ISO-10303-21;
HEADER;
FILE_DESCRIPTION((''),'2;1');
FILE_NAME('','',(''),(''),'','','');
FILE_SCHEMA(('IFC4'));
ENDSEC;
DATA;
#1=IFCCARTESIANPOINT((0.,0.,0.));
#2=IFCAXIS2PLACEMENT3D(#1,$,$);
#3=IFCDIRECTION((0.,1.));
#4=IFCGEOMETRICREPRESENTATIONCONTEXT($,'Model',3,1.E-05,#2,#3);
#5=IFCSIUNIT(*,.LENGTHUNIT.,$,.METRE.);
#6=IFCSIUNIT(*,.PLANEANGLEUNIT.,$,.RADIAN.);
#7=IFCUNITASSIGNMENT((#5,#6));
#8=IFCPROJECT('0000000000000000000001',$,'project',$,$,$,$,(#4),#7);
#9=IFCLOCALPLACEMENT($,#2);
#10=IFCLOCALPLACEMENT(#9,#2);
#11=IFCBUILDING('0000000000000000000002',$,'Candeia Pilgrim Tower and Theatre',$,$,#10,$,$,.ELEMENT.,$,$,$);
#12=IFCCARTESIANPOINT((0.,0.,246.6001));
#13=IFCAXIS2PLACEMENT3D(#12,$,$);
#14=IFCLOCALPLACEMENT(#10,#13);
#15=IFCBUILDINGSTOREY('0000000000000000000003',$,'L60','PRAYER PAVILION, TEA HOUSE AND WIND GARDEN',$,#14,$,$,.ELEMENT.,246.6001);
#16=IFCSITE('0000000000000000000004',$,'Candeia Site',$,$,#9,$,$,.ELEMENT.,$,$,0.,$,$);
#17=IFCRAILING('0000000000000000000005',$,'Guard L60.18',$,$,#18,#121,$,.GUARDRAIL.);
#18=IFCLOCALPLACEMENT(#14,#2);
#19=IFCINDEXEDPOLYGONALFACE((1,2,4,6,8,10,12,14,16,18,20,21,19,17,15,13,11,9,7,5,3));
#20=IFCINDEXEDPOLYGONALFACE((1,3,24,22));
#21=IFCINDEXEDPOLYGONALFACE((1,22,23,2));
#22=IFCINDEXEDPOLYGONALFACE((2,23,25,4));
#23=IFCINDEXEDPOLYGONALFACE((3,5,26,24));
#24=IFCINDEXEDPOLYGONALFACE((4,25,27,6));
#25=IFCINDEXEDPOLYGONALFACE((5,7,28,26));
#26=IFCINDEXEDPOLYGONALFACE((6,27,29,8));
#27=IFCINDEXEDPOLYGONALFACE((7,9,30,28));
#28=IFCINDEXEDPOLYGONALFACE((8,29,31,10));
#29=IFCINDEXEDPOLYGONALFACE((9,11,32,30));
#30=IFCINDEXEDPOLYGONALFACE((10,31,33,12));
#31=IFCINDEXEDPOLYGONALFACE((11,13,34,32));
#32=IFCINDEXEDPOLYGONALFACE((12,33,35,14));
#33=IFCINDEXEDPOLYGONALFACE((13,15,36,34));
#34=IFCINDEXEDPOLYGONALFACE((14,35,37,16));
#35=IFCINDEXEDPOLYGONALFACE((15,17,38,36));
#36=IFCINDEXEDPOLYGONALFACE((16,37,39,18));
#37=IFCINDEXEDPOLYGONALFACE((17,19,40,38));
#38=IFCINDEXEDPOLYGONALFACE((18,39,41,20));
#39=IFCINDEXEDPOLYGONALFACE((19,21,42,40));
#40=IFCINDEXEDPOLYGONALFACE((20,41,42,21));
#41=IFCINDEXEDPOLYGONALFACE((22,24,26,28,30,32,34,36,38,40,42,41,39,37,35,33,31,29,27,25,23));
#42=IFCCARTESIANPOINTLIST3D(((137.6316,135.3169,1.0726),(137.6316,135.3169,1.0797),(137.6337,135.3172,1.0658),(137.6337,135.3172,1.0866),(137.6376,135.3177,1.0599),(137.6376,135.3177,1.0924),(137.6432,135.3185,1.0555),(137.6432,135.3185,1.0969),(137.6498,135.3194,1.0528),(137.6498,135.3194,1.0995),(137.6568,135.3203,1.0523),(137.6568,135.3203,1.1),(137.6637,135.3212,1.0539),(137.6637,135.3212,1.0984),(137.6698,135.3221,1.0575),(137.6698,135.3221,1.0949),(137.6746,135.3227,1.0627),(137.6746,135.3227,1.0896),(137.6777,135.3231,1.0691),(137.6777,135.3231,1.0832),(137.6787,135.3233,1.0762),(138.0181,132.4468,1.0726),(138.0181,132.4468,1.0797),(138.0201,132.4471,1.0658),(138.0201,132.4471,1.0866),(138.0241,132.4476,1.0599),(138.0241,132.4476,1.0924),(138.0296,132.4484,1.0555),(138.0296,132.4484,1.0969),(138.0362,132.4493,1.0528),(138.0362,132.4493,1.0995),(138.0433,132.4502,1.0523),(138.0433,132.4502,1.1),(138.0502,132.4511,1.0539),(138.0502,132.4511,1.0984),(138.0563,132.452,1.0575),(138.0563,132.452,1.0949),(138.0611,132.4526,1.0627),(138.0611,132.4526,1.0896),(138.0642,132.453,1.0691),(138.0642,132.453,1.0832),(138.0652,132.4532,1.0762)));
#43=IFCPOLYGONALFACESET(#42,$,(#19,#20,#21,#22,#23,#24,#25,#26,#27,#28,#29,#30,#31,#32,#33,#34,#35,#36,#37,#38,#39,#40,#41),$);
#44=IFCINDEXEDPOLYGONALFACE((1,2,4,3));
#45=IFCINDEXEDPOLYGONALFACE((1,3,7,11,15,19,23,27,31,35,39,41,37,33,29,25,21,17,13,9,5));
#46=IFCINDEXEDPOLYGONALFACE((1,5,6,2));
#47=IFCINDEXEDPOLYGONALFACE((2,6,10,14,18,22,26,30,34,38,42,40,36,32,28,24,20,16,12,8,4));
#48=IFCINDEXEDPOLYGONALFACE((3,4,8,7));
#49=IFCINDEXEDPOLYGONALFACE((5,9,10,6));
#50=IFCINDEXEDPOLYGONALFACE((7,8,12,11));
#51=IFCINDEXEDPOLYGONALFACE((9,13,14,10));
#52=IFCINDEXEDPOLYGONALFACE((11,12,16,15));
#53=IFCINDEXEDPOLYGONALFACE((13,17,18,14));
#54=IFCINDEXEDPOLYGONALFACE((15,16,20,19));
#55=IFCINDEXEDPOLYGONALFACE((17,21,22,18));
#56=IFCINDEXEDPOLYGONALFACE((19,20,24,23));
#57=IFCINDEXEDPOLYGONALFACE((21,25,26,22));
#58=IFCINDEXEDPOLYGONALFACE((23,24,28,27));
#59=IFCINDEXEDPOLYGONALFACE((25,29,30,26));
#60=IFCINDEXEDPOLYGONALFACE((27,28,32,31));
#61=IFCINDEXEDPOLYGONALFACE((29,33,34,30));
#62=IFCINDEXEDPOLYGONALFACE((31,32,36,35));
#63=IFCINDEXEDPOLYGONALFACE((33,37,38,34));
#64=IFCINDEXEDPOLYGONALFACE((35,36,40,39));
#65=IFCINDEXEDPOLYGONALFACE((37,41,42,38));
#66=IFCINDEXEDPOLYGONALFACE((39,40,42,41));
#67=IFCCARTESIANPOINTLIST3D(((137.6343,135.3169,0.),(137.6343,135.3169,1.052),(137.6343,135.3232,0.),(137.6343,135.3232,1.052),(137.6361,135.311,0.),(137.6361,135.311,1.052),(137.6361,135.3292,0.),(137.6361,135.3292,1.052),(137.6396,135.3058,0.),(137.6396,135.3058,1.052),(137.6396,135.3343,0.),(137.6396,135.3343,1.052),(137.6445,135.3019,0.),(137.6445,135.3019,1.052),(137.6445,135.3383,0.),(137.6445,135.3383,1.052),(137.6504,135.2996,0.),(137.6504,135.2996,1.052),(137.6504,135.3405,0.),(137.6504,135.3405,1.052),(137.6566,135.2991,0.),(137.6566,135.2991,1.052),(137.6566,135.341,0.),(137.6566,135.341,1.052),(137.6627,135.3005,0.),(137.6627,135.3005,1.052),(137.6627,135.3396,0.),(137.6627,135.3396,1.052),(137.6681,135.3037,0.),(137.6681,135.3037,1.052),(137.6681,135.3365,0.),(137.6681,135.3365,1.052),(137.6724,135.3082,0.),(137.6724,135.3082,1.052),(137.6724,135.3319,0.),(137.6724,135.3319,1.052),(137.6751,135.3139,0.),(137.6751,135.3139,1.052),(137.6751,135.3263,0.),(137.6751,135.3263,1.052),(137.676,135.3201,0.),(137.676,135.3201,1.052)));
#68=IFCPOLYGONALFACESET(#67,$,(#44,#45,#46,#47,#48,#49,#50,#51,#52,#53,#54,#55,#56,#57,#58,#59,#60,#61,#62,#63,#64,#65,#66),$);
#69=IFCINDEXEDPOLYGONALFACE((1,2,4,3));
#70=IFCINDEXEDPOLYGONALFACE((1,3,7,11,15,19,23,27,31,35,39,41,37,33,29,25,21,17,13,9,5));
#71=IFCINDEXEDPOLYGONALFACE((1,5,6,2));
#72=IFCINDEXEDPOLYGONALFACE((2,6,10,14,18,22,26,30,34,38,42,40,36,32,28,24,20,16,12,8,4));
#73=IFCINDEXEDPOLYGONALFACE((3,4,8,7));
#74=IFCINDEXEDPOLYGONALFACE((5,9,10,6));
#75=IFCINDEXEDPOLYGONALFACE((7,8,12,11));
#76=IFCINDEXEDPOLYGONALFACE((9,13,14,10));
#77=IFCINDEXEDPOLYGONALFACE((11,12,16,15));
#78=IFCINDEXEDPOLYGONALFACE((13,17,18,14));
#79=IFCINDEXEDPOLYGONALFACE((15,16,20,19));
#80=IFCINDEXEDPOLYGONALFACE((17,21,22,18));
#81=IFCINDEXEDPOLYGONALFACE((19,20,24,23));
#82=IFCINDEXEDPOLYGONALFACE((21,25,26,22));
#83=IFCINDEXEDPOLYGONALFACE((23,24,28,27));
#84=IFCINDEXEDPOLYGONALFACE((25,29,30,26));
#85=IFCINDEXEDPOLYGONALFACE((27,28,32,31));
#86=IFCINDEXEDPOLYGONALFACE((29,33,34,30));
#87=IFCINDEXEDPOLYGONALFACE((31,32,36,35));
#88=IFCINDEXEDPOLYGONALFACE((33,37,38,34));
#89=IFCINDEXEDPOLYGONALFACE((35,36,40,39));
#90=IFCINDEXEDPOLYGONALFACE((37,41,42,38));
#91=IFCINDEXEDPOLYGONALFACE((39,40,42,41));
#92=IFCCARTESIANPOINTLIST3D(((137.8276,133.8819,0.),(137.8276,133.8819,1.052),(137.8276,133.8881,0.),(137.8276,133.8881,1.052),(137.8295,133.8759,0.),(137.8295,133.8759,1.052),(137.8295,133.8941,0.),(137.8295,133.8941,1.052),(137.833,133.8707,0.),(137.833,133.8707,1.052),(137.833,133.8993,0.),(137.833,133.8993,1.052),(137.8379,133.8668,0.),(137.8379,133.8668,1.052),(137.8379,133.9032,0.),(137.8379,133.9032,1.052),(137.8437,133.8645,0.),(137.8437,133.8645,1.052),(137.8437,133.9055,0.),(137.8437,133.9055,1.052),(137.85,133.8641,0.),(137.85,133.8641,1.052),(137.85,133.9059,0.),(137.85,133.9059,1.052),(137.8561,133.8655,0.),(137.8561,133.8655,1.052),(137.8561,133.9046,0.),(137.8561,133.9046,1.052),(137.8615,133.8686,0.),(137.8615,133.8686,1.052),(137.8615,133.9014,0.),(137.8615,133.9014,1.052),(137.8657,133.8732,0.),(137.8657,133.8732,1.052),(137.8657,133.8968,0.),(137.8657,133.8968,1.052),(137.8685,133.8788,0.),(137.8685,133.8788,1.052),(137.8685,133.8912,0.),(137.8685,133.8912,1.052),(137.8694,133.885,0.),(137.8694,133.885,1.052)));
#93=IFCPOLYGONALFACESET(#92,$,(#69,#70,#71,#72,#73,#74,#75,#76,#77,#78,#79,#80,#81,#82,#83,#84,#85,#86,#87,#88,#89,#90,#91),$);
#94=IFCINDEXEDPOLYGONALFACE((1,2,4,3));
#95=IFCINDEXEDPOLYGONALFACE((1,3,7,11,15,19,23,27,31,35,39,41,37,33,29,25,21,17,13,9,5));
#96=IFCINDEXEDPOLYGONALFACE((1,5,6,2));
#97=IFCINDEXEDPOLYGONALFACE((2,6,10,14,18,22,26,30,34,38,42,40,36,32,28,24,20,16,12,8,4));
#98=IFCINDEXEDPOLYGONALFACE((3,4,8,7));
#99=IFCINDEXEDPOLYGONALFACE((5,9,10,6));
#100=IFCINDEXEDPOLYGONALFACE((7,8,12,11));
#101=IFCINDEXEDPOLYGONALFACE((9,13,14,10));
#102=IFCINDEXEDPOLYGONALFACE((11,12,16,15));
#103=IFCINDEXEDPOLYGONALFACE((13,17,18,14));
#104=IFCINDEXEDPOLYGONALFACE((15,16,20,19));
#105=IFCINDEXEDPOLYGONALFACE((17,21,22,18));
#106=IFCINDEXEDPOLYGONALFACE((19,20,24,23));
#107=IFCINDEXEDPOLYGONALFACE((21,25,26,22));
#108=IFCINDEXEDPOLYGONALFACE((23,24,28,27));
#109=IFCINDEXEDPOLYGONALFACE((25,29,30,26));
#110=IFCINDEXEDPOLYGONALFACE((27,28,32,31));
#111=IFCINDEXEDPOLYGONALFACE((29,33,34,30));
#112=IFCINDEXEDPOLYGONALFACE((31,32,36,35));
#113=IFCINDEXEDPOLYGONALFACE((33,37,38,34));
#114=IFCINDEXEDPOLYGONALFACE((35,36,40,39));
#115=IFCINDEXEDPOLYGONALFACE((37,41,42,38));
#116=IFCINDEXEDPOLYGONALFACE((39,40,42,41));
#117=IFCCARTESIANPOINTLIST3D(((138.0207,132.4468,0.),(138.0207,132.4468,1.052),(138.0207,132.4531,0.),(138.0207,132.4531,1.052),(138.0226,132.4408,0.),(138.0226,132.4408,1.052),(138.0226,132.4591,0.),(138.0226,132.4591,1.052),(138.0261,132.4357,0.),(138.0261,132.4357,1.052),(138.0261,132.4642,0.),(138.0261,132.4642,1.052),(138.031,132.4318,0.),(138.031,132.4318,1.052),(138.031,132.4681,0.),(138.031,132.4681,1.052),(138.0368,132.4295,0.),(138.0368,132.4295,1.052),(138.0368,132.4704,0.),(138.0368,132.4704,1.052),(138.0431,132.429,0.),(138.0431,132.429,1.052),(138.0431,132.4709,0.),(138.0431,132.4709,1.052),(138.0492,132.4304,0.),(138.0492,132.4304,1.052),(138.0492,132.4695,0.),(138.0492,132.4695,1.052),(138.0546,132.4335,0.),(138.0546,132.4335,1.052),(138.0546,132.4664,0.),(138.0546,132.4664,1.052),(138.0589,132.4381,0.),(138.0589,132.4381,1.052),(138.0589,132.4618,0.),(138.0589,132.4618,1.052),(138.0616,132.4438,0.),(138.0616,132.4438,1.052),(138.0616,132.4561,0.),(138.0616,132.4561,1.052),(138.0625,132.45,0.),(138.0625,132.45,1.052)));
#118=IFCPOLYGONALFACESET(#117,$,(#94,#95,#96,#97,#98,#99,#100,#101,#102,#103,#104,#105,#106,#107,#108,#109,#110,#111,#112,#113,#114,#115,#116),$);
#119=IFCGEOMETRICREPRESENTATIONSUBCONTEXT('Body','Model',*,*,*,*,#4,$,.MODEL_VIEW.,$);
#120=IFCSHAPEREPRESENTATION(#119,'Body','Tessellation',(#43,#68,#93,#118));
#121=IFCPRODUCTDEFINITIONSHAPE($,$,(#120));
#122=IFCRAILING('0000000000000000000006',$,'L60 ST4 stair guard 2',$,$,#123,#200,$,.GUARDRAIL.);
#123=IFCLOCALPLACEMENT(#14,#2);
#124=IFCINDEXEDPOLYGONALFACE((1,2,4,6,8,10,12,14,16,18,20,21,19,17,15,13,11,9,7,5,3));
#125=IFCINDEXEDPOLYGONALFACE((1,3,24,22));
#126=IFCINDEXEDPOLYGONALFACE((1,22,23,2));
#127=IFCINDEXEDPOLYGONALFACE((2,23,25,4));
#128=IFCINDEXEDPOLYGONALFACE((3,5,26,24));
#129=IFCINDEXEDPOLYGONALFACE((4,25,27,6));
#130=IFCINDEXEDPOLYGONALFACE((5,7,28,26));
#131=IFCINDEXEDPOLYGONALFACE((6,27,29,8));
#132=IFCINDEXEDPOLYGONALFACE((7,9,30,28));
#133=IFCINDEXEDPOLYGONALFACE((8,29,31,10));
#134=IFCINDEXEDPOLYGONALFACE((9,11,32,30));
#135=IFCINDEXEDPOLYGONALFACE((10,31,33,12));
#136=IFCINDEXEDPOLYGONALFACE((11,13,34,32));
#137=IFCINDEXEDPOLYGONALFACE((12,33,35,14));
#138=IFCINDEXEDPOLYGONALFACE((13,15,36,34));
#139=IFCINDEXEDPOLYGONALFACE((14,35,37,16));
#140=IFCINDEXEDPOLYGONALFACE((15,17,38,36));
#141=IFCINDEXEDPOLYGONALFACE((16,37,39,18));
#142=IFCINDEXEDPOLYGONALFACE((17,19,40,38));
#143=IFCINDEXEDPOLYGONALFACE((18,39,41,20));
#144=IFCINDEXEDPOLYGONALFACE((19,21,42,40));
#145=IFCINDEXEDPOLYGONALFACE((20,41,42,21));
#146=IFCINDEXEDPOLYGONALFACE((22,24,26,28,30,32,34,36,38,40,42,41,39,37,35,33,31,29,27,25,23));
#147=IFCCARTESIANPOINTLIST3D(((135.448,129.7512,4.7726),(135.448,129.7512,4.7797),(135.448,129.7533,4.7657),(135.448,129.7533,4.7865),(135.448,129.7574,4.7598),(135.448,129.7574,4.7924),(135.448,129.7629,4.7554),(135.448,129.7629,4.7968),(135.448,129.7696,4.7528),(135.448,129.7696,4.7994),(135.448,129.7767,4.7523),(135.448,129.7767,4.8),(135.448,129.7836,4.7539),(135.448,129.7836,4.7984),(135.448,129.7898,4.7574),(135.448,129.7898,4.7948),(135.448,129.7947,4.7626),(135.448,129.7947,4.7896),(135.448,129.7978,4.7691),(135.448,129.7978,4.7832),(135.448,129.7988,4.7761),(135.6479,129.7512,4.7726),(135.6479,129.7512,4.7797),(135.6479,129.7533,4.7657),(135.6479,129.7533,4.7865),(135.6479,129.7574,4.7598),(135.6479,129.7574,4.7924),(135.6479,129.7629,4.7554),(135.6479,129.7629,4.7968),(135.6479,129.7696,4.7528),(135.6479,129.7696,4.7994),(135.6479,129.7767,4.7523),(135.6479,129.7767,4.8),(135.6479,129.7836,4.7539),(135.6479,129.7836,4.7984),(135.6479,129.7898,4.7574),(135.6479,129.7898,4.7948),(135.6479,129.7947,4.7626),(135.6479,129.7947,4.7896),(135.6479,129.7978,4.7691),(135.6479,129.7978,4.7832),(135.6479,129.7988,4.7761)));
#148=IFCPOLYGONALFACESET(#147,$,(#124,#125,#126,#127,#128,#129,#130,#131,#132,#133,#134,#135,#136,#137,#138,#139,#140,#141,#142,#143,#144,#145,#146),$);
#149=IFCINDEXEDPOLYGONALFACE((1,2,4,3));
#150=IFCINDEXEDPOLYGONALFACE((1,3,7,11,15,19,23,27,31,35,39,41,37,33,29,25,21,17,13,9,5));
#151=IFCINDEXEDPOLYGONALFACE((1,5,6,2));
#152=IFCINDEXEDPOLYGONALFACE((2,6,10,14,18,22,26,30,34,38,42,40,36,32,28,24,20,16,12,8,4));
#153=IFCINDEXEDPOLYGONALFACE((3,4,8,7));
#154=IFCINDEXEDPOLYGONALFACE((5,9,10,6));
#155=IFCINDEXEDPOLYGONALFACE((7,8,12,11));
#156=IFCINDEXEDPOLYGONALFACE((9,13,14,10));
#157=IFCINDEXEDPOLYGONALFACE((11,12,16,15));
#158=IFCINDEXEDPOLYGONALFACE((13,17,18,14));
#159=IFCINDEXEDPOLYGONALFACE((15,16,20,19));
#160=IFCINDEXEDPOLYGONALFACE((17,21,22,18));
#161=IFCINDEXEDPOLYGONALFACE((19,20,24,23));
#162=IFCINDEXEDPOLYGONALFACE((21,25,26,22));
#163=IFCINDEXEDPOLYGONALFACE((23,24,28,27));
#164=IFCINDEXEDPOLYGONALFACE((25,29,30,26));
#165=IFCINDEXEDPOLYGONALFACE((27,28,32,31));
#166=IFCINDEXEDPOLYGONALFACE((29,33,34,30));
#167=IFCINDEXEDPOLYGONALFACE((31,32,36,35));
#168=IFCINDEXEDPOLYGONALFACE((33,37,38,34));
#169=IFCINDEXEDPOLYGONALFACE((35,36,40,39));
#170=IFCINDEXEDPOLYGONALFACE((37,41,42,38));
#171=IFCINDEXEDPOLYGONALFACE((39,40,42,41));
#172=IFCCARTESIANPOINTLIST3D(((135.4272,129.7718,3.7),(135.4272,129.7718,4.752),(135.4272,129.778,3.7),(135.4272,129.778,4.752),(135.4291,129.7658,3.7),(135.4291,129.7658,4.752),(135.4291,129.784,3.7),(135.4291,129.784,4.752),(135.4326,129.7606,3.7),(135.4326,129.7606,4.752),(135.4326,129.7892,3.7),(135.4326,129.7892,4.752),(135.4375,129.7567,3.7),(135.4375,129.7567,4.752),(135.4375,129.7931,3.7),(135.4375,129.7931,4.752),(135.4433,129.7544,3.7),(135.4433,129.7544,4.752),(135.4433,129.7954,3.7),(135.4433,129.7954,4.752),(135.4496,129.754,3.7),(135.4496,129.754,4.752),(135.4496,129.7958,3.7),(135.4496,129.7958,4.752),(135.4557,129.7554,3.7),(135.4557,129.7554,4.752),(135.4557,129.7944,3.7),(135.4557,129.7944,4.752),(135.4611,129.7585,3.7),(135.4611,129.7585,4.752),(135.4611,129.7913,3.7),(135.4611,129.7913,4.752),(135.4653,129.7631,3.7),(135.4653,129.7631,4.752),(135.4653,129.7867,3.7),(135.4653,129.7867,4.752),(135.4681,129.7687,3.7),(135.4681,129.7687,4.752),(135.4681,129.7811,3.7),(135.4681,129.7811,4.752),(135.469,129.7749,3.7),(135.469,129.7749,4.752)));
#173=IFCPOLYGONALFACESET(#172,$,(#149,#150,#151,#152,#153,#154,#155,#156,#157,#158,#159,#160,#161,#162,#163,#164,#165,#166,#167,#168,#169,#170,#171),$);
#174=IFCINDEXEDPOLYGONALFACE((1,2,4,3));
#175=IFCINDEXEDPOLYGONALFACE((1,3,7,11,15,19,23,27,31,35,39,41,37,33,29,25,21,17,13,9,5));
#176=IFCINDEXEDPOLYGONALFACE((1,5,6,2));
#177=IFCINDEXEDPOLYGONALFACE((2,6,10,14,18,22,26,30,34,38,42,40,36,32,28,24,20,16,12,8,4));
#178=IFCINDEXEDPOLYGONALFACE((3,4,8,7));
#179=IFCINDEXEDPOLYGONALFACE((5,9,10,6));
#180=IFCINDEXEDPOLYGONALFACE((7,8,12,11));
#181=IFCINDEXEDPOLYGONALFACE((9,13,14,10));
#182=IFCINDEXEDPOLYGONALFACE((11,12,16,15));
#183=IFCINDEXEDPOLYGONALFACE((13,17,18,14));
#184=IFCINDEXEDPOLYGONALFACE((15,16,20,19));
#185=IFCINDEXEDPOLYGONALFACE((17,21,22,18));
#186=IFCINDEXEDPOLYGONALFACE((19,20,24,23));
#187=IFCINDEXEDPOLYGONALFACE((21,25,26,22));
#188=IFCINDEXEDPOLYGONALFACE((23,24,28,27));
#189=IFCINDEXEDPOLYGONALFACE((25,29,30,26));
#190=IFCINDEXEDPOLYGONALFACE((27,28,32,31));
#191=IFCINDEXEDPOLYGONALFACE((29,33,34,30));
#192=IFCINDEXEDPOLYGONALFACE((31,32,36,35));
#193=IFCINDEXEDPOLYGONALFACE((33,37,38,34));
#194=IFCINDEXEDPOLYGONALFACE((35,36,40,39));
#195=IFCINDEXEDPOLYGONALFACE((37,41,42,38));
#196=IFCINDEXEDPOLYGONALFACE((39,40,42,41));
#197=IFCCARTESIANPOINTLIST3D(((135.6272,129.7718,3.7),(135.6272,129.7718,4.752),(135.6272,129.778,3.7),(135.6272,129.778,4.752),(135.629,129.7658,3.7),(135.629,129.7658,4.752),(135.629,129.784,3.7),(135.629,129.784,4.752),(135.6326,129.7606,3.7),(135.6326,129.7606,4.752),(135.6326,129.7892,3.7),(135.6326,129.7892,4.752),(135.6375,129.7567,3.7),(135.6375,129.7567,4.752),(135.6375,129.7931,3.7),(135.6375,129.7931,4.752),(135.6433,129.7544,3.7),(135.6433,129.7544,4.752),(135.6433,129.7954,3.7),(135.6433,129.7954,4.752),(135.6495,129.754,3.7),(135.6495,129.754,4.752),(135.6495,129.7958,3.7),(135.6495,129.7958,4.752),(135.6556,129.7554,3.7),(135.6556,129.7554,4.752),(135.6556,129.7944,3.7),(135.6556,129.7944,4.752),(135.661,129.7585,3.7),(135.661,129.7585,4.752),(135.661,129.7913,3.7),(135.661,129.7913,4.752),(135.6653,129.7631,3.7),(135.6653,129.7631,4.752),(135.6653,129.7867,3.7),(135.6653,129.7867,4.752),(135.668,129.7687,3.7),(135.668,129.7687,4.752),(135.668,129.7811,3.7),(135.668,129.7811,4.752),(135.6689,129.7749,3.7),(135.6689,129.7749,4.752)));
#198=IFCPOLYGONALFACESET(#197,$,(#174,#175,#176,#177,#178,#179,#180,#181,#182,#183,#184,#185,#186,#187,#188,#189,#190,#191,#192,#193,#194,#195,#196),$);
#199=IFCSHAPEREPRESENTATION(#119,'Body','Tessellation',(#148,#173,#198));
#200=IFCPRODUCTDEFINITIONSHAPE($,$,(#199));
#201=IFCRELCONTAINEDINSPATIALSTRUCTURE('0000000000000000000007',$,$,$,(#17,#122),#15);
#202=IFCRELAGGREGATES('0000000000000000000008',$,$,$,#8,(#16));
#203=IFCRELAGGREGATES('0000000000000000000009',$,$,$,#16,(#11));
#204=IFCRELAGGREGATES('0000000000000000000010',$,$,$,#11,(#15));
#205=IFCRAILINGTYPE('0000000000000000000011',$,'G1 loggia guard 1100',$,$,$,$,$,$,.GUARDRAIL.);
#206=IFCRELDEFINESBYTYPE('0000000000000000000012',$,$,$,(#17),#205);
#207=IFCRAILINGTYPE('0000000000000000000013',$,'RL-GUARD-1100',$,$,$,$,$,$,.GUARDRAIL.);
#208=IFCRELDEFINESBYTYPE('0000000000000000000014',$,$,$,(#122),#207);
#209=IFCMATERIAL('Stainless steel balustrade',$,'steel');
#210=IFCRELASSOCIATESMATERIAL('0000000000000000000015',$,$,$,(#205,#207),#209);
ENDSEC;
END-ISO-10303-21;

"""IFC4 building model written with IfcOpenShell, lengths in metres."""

from ifc_helpers import new_model, si_unit, direction, frame, origin, origin_2d, place, context, subcontext, project, spatial, circle, extrude, material, type_object, element, save


model = new_model("IFC4")

# Units and contexts
model_context = context("Model", 3, precision=1e-05, world=origin(), true_north=direction((0.0, 1.0)))
body_context = subcontext(model_context, "Body", "Model", "MODEL_VIEW")
ifc_project = project(units=[si_unit("LENGTHUNIT", "METRE"), si_unit("PLANEANGLEUNIT", "RADIAN")], contexts=[model_context])

# Site, building, storey
site_placement = place(None, origin())
site = spatial("IfcSite", under=ifc_project, at=site_placement, Name="Candeia Site", CompositionType="ELEMENT", RefElevation=0.0)
building_placement = place(site_placement, origin())
building = spatial("IfcBuilding", under=site, at=building_placement, Name="Candeia Pilgrim Tower and Theatre", CompositionType="ELEMENT")
storey_placement = place(building_placement, frame((0.0, 0.0, 246.6001)))
storey = spatial("IfcBuildingStorey", under=building, at=storey_placement, Name="L60", Description="PRAYER PAVILION, TEA HOUSE AND WIND GARDEN", CompositionType="ELEMENT", Elevation=246.6001)

# Railings
ifc_material_1 = material(Name="Stainless steel balustrade", Category="steel")
railing_type_1 = type_object("IfcRailingType", Name="G1 loggia guard 1100", PredefinedType="GUARDRAIL", material=ifc_material_1)
railing_1_placement = place(storey_placement, frame((137.655, 135.3201, 0.0)))
element("IfcRailing", 1, at=railing_1_placement, inside=storey, type_object=railing_type_1, Name="Guard L60.18", PredefinedType="GUARDRAIL", context=body_context, shape_type="SweptSolid", body=[
    extrude(circle(Radius=0.0239, at=origin_2d()), frame((0.0, 0.0, 1.0762), z_axis=(0.13345, -0.991056, 0.0), x_axis=(0.991056, 0.13345, 0.0)), (0.0, 0.0, 1.0), 2.896),
    extrude(circle(Radius=0.021, at=origin_2d()), origin(), (0.0, 0.0, 1.0), 1.052),
    extrude(circle(Radius=0.021, at=origin_2d()), frame((0.1934, -1.4351, 0.0)), (0.0, 0.0, 1.0), 1.052),
    extrude(circle(Radius=0.021, at=origin_2d()), frame((0.3865, -2.8701, 0.0)), (0.0, 0.0, 1.0), 1.052),
])
railing_type_2 = type_object("IfcRailingType", Name="RL-GUARD-1100", PredefinedType="GUARDRAIL", material=ifc_material_1)
railing_2_placement = place(storey_placement, frame((135.448, 129.7749, 3.7)))
element("IfcRailing", 2, at=railing_2_placement, inside=storey, type_object=railing_type_2, Name="L60 ST4 stair guard 2", PredefinedType="GUARDRAIL", context=body_context, shape_type="SweptSolid", body=[
    extrude(circle(Radius=0.0239, at=origin_2d()), frame((0.0, 0.0, 1.0762), z_axis=(1.0, 0.0, 0.0), x_axis=(0.0, 1.0, 0.0)), (0.0, 0.0, 1.0), 0.2),
    extrude(circle(Radius=0.021, at=origin_2d()), origin(), (0.0, 0.0, 1.0), 1.052),
    extrude(circle(Radius=0.021, at=origin_2d()), frame((0.2, 0.0, 0.0)), (0.0, 0.0, 1.0), 1.052),
])

save(model, "model.ifc")
